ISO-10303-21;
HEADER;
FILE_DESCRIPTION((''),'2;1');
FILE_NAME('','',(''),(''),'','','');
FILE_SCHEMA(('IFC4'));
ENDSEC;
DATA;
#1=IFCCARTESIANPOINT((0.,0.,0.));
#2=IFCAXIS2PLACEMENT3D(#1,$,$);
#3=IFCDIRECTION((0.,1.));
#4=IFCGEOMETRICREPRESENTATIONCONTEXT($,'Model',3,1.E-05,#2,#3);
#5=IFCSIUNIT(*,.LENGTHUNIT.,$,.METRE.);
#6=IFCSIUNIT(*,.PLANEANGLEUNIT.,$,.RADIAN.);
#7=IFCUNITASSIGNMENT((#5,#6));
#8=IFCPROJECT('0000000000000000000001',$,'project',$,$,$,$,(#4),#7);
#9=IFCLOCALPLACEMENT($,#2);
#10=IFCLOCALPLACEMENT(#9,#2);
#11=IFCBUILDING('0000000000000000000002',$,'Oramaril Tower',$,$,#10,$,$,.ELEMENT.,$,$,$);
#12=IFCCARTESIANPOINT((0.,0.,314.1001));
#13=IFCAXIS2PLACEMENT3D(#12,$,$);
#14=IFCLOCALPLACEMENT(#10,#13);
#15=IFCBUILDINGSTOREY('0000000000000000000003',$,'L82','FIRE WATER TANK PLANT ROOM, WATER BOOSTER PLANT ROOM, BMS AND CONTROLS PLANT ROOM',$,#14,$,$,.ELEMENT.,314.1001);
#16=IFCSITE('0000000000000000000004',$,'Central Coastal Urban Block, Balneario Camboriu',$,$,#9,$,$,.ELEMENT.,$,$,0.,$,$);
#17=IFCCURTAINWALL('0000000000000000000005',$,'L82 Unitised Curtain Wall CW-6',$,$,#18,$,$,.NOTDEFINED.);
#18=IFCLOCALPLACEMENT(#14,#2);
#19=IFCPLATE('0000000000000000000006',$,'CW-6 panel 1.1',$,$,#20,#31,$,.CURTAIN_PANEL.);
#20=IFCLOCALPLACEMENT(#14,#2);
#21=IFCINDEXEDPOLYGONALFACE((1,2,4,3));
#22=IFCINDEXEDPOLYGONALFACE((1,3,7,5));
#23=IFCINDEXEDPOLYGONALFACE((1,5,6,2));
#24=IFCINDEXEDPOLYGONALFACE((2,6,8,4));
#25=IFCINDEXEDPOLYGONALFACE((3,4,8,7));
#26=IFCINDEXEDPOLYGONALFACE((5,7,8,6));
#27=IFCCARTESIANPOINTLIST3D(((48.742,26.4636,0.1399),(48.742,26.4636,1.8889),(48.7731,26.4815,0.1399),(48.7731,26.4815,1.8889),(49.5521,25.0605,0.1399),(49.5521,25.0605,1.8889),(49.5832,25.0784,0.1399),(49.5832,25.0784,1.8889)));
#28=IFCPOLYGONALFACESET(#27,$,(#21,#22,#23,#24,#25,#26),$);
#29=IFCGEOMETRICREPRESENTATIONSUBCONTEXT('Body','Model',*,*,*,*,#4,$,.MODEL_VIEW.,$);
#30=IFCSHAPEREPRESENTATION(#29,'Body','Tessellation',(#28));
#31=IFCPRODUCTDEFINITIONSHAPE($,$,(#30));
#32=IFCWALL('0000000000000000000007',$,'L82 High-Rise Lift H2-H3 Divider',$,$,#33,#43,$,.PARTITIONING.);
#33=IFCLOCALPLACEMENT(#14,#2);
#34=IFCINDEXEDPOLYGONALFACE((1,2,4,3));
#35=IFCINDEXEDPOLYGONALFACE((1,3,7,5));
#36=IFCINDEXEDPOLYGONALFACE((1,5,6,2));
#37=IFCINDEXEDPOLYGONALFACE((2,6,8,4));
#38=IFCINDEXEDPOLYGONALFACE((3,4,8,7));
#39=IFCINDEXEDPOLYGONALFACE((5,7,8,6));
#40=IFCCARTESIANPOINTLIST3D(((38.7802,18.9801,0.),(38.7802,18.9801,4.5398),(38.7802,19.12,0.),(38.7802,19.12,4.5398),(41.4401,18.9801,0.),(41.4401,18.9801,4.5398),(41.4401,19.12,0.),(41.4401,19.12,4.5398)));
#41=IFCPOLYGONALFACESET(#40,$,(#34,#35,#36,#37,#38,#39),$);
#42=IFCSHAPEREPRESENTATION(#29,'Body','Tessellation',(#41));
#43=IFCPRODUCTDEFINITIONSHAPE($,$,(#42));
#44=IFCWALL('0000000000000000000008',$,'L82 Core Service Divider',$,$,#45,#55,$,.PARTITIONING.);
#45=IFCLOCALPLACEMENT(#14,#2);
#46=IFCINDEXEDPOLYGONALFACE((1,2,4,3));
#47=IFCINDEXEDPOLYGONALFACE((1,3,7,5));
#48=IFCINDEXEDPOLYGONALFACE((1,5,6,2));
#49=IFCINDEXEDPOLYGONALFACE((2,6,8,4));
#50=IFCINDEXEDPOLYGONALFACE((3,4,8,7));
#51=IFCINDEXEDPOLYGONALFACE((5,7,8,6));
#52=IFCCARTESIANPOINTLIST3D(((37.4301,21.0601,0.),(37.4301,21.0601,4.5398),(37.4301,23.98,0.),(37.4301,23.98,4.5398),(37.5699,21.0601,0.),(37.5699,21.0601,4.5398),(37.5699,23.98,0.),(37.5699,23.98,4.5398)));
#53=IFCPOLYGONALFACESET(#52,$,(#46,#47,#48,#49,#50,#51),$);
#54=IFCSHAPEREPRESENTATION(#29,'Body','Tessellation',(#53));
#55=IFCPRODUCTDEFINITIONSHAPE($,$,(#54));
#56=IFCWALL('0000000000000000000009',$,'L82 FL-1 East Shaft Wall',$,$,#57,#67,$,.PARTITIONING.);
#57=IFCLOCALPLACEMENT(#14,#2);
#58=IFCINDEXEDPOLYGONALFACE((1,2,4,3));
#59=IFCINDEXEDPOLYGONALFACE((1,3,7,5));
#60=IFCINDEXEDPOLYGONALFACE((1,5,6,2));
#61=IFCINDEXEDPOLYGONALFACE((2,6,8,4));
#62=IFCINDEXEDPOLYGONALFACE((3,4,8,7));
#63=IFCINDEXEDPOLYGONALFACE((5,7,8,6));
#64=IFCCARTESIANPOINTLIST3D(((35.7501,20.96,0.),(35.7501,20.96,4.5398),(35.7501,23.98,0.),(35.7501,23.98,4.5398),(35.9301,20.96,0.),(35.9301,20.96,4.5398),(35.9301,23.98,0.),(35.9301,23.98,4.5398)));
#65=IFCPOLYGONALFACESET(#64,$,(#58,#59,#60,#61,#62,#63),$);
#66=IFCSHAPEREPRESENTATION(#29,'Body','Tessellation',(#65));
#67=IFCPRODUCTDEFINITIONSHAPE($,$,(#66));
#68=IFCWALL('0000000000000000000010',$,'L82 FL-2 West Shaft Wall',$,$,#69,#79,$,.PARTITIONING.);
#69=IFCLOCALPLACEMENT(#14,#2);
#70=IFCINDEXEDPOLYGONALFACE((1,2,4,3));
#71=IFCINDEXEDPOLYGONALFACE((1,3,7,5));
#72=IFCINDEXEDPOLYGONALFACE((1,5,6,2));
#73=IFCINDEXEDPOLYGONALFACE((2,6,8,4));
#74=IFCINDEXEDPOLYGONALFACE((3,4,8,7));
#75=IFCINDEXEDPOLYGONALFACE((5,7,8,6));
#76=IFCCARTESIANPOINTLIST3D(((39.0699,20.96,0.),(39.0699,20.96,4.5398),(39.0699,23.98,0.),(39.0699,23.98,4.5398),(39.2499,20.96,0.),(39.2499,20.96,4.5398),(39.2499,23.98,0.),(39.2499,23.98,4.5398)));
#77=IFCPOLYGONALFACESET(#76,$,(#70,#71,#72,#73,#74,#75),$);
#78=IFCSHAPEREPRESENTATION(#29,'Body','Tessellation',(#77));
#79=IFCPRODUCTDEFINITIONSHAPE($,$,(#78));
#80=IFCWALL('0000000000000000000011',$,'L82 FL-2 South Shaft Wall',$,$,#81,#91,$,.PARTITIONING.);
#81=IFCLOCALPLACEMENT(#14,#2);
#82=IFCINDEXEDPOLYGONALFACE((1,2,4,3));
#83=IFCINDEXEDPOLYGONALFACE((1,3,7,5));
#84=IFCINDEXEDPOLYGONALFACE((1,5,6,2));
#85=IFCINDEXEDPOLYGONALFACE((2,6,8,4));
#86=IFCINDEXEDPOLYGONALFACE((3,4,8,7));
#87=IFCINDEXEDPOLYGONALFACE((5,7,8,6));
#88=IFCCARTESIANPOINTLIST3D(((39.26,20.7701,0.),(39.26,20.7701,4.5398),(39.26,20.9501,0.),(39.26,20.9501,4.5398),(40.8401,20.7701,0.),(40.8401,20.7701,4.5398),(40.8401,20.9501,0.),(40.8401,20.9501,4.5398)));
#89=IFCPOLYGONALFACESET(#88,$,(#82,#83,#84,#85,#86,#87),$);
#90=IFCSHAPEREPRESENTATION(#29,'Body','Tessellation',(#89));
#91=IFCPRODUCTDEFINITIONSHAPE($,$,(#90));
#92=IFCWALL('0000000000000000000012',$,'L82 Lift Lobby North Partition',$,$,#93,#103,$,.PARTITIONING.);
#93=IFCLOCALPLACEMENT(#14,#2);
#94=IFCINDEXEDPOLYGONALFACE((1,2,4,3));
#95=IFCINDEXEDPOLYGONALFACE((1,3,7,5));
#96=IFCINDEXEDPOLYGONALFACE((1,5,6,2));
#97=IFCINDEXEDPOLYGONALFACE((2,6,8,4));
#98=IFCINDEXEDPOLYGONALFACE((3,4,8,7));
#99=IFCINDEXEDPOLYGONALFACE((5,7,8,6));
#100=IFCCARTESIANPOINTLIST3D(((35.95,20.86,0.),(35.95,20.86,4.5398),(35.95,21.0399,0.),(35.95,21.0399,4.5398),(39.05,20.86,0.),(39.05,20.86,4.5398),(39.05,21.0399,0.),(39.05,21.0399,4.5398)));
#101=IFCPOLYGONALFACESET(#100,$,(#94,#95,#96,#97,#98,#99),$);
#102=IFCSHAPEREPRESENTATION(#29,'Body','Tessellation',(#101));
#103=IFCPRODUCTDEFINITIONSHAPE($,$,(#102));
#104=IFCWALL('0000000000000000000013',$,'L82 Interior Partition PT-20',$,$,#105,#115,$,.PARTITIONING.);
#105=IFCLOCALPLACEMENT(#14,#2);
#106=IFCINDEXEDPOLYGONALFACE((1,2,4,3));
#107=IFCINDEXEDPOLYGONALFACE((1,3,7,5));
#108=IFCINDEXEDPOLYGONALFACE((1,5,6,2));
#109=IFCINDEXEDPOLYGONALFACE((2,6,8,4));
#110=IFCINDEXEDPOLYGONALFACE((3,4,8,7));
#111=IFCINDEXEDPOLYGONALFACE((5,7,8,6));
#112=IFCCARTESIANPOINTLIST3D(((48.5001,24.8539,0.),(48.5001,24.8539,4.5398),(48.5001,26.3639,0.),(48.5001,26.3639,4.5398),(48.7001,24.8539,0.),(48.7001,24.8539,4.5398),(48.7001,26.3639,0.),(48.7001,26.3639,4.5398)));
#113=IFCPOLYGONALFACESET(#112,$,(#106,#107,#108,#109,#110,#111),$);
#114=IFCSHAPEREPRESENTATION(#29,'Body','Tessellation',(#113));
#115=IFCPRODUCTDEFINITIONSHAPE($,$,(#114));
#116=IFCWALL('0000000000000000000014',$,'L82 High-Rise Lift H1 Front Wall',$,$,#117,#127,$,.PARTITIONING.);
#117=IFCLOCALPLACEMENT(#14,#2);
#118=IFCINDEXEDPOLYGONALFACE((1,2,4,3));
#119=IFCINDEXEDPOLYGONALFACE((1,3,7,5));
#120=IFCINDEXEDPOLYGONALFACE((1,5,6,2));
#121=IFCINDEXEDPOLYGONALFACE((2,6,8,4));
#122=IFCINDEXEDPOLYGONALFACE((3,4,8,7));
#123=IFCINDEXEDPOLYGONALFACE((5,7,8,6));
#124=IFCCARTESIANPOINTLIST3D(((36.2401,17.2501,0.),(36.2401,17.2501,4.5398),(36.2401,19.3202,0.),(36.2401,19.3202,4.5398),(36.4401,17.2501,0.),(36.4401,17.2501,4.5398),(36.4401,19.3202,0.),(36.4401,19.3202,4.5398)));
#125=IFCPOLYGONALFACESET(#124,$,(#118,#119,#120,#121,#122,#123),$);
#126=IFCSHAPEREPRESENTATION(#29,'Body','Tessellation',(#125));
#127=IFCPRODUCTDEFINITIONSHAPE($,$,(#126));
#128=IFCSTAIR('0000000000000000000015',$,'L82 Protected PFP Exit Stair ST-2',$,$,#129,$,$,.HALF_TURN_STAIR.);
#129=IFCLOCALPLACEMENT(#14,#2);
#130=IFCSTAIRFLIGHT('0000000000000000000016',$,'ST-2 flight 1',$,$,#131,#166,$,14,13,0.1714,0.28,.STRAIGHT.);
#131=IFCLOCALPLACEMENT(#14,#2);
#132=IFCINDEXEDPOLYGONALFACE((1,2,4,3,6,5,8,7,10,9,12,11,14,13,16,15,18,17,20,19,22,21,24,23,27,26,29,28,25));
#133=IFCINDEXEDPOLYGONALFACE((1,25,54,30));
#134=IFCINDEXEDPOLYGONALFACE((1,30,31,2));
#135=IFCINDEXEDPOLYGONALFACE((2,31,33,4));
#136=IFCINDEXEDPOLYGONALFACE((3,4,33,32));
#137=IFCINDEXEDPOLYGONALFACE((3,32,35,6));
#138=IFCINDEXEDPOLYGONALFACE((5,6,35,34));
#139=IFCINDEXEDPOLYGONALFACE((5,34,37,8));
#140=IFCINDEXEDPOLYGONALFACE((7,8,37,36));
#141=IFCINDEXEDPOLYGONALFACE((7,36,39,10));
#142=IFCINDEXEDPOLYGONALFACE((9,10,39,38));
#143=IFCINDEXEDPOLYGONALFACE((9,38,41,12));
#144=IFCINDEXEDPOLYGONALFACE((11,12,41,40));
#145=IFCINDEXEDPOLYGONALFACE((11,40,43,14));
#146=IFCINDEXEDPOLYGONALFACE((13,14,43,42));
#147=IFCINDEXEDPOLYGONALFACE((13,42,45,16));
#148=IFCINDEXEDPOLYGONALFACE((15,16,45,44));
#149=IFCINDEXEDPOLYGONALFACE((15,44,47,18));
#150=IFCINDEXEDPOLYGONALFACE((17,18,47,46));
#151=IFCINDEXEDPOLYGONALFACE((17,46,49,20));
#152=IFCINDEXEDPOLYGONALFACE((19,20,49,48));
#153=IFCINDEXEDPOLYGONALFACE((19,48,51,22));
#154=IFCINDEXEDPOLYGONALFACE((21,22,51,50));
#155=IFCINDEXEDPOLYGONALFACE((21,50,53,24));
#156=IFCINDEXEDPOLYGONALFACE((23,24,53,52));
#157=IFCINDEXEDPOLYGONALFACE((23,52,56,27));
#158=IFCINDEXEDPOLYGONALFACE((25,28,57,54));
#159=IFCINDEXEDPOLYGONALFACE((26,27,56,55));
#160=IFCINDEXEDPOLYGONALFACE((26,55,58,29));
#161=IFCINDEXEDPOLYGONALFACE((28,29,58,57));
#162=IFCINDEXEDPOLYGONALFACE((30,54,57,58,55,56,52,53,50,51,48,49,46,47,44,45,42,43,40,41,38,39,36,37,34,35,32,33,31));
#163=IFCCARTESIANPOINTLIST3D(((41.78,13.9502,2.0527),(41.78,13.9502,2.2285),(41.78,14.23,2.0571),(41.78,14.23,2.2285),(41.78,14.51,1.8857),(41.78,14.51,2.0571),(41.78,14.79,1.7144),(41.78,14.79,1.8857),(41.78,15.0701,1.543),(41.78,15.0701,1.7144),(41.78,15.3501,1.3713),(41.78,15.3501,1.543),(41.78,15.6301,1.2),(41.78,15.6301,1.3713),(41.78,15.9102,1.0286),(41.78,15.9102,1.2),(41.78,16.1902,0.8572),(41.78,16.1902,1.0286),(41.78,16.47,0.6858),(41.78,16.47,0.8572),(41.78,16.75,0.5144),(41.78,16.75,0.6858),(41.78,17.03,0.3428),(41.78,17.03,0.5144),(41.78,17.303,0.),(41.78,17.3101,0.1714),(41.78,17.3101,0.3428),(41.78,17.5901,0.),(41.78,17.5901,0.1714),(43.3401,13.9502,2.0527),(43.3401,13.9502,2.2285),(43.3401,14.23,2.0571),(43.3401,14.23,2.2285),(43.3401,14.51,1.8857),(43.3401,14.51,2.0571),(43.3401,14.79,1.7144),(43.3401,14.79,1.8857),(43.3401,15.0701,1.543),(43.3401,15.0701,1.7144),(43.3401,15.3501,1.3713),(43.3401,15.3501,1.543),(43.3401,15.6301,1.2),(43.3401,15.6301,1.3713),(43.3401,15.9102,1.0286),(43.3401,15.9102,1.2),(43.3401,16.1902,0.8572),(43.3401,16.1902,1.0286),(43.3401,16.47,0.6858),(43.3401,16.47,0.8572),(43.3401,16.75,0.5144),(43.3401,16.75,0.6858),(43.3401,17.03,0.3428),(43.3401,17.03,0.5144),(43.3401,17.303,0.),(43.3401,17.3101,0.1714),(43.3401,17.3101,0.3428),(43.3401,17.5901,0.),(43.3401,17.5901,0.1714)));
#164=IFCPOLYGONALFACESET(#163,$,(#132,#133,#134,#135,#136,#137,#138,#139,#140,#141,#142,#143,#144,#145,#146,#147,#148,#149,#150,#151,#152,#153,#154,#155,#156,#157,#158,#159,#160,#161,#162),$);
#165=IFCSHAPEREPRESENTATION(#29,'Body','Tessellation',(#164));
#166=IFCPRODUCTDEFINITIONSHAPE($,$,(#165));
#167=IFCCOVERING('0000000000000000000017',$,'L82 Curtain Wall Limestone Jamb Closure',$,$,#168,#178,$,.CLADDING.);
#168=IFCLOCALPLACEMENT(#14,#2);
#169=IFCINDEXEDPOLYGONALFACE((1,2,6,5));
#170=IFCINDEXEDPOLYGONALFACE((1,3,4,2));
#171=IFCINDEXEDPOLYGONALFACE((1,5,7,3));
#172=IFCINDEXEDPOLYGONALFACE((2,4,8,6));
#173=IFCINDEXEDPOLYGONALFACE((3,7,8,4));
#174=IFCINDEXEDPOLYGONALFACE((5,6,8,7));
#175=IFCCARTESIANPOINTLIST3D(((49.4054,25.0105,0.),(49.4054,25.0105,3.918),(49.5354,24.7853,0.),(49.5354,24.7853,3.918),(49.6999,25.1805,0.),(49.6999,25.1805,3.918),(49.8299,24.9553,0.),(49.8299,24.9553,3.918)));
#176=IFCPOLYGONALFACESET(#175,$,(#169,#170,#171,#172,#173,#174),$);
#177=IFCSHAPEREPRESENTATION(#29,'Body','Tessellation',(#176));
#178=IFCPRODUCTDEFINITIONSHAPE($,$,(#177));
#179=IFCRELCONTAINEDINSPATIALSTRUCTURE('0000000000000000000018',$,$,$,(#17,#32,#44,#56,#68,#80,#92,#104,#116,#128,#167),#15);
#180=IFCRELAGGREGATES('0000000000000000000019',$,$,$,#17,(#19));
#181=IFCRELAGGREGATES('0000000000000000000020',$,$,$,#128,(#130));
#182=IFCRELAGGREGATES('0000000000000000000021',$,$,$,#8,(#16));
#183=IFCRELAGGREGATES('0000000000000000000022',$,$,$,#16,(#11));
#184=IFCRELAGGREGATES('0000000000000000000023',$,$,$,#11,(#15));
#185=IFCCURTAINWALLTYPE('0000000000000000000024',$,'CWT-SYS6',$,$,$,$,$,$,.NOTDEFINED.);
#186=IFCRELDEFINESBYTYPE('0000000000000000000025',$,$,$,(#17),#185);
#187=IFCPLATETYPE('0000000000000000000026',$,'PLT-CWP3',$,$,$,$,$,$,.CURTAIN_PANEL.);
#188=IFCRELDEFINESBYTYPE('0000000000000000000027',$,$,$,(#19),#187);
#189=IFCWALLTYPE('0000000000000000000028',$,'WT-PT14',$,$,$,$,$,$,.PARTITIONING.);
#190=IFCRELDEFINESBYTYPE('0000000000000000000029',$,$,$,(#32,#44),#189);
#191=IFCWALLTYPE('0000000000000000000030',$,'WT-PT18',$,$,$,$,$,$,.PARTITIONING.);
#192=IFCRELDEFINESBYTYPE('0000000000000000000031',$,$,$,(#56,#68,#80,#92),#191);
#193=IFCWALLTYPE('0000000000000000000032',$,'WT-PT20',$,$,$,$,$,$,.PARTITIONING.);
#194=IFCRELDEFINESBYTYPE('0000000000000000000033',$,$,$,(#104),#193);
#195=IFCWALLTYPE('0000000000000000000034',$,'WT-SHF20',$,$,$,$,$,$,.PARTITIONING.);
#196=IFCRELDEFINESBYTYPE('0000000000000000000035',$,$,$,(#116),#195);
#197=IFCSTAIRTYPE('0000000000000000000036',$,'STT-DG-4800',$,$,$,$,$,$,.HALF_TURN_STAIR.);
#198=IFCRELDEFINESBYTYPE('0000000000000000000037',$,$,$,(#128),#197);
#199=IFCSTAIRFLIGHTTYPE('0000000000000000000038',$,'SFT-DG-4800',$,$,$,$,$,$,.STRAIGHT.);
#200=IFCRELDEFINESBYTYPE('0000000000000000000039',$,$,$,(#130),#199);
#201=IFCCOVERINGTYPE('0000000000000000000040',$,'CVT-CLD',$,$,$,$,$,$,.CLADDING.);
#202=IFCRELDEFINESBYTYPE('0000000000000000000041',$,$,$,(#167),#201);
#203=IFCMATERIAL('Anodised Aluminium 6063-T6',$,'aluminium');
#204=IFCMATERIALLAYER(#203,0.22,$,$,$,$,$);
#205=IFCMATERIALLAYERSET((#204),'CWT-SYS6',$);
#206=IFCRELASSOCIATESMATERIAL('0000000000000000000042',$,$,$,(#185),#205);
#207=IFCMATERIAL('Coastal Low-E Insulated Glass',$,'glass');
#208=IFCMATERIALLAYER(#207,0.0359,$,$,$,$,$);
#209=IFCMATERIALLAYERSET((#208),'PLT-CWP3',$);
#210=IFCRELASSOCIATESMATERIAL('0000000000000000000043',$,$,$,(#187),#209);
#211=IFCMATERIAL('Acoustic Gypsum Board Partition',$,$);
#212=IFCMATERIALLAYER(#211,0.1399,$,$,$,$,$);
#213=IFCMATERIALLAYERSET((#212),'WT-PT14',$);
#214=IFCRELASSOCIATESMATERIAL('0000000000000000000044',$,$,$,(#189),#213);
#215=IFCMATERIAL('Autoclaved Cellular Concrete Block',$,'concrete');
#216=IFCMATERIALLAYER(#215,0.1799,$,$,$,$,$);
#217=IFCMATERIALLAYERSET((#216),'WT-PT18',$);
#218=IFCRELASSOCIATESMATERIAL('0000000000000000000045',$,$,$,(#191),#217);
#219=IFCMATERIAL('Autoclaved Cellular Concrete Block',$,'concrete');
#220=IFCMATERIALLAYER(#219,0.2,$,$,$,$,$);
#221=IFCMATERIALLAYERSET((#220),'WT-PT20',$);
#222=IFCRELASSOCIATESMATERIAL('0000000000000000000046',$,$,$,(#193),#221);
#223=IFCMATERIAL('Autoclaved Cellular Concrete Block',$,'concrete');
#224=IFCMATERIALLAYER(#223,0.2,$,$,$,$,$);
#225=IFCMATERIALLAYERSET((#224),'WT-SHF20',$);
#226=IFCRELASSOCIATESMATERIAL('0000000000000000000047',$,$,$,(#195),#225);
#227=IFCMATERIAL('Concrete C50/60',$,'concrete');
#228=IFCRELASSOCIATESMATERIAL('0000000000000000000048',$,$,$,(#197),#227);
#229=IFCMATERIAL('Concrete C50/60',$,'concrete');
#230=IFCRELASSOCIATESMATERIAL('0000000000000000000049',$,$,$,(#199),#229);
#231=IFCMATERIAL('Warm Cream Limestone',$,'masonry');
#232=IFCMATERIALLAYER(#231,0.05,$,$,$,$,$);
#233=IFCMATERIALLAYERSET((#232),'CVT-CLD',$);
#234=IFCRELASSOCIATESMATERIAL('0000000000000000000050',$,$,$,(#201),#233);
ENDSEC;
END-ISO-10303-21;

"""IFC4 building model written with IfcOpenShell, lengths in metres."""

from ifc_helpers import new_model, si_unit, direction, frame, frame_2d, origin, origin_2d, place, context, subcontext, project, spatial, polyline, rectangle, outline, extrude, material, layer, layer_set, type_object, element, aggregate, save


model = new_model("IFC4")

# Units and contexts
model_context = context("Model", 3, precision=1e-05, world=origin(), true_north=direction((0.0, 1.0)))
body_context = subcontext(model_context, "Body", "Model", "MODEL_VIEW")
ifc_project = project(units=[si_unit("LENGTHUNIT", "METRE"), si_unit("PLANEANGLEUNIT", "RADIAN")], contexts=[model_context])

# Site, building, storey
site_placement = place(None, origin())
site = spatial("IfcSite", under=ifc_project, at=site_placement, Name="Central Coastal Urban Block, Balneario Camboriu", CompositionType="ELEMENT", RefElevation=0.0)
building_placement = place(site_placement, origin())
building = spatial("IfcBuilding", under=site, at=building_placement, Name="Oramaril Tower", CompositionType="ELEMENT")
storey_placement = place(building_placement, frame((0.0, 0.0, 314.1001)))
storey = spatial("IfcBuildingStorey", under=building, at=storey_placement, Name="L82", Description="FIRE WATER TANK PLANT ROOM, WATER BOOSTER PLANT ROOM, BMS AND CONTROLS PLANT ROOM", CompositionType="ELEMENT", Elevation=314.1001)

# Curtain wall, plate
ifc_material_1 = material(Name="Anodised Aluminium 6063-T6", Category="aluminium")
ifc_layer_1 = layer(ifc_material_1, 0.22)
ifc_layer_set_1 = layer_set([ifc_layer_1], Name="CWT-SYS6")
curtain_wall_type = type_object("IfcCurtainWallType", Name="CWT-SYS6", PredefinedType="NOTDEFINED", material=ifc_layer_set_1)
curtain_wall_placement = place(storey_placement, origin())
curtain_wall = element("IfcCurtainWall", 1, at=curtain_wall_placement, inside=storey, type_object=curtain_wall_type, Name="L82 Unitised Curtain Wall CW-6", PredefinedType="NOTDEFINED")
ifc_material_2 = material(Name="Coastal Low-E Insulated Glass", Category="glass")
ifc_layer_2 = layer(ifc_material_2, 0.0359)
ifc_layer_set_2 = layer_set([ifc_layer_2], Name="PLT-CWP3")
plate_type = type_object("IfcPlateType", Name="PLT-CWP3", PredefinedType="CURTAIN_PANEL", material=ifc_layer_set_2)
plate_placement = place(storey_placement, frame((49.1626, 25.771, 0.1399), z_axis=(0.0, 0.0, 1.0), x_axis=(-0.5, 0.866025, 0.0)))
plate = element("IfcPlate", 2, at=plate_placement, type_object=plate_type, Name="CW-6 panel 1.1", PredefinedType="CURTAIN_PANEL", context=body_context, shape_type="SweptSolid", body=[
    extrude(rectangle(XDim=1.6201, YDim=0.0359, at=origin_2d()), origin(), (0.0, 0.0, 1.0), 1.749),
])
aggregate(curtain_wall, [plate])

# Walls
ifc_material_3 = material(Name="Acoustic Gypsum Board Partition")
ifc_layer_3 = layer(ifc_material_3, 0.1399)
ifc_layer_set_3 = layer_set([ifc_layer_3], Name="WT-PT14")
wall_type_1 = type_object("IfcWallType", Name="WT-PT14", PredefinedType="PARTITIONING", material=ifc_layer_set_3)
wall_1_placement = place(storey_placement, frame((38.78, 19.05, 0.0), z_axis=(0.0, 0.0, 1.0), x_axis=(1.0, 0.0, 0.0)))
element("IfcWall", 3, at=wall_1_placement, inside=storey, type_object=wall_type_1, Name="L82 High-Rise Lift H2-H3 Divider", PredefinedType="PARTITIONING", context=body_context, shape_type="SweptSolid", body=[
    extrude(rectangle(XDim=2.6599, YDim=0.1399, at=frame_2d((1.3301, 0.0))), origin(), (0.0, 0.0, 1.0), 4.5398),
])
wall_2_placement = place(storey_placement, frame((37.5, 21.0601, 0.0), z_axis=(0.0, 0.0, 1.0), x_axis=(0.0, 1.0, 0.0)))
element("IfcWall", 4, at=wall_2_placement, inside=storey, type_object=wall_type_1, Name="L82 Core Service Divider", PredefinedType="PARTITIONING", context=body_context, shape_type="SweptSolid", body=[
    extrude(rectangle(XDim=2.9199, YDim=0.1399, at=frame_2d((1.46, 0.0))), origin(), (0.0, 0.0, 1.0), 4.5398),
])
ifc_material_4 = material(Name="Autoclaved Cellular Concrete Block", Category="concrete")
ifc_layer_4 = layer(ifc_material_4, 0.1799)
ifc_layer_set_4 = layer_set([ifc_layer_4], Name="WT-PT18")
wall_type_2 = type_object("IfcWallType", Name="WT-PT18", PredefinedType="PARTITIONING", material=ifc_layer_set_4)
for number, where, z_axis, x_axis, name in (
    (5, (35.8401, 20.96, 0.0), (0.0, 0.0, 1.0), (0.0, 1.0, 0.0), "L82 FL-1 East Shaft Wall"),
    (6, (39.1599, 20.96, 0.0), (0.0, 0.0, 1.0), (0.0, 1.0, 0.0), "L82 FL-2 West Shaft Wall"),
):
    element("IfcWall", number, at=place(storey_placement, frame(where, z_axis=z_axis, x_axis=x_axis)), inside=storey, type_object=wall_type_2, Name=name, PredefinedType="PARTITIONING", context=body_context, shape_type="SweptSolid", body=[
        extrude(rectangle(XDim=3.02, YDim=0.1799, at=frame_2d((1.51, 0.0))), origin(), (0.0, 0.0, 1.0), 4.5398),
    ])
wall_3_placement = place(storey_placement, frame((39.26, 20.8601, 0.0), z_axis=(0.0, 0.0, 1.0), x_axis=(1.0, 0.0, 0.0)))
element("IfcWall", 7, at=wall_3_placement, inside=storey, type_object=wall_type_2, Name="L82 FL-2 South Shaft Wall", PredefinedType="PARTITIONING", context=body_context, shape_type="SweptSolid", body=[
    extrude(rectangle(XDim=1.5801, YDim=0.1799, at=frame_2d((0.79, 0.0))), origin(), (0.0, 0.0, 1.0), 4.5398),
])
wall_4_placement = place(storey_placement, frame((35.95, 20.95, 0.0), z_axis=(0.0, 0.0, 1.0), x_axis=(1.0, 0.0, 0.0)))
element("IfcWall", 8, at=wall_4_placement, inside=storey, type_object=wall_type_2, Name="L82 Lift Lobby North Partition", PredefinedType="PARTITIONING", context=body_context, shape_type="SweptSolid", body=[
    extrude(rectangle(XDim=3.1001, YDim=0.1799, at=frame_2d((1.55, 0.0))), origin(), (0.0, 0.0, 1.0), 4.5398),
])
ifc_material_5 = material(Name="Autoclaved Cellular Concrete Block", Category="concrete")
ifc_layer_5 = layer(ifc_material_5, 0.2)
ifc_layer_set_5 = layer_set([ifc_layer_5], Name="WT-PT20")
wall_type_3 = type_object("IfcWallType", Name="WT-PT20", PredefinedType="PARTITIONING", material=ifc_layer_set_5)
wall_5_placement = place(storey_placement, frame((48.6001, 24.854, 0.0), z_axis=(0.0, 0.0, 1.0), x_axis=(0.0, 1.0, 0.0)))
element("IfcWall", 9, at=wall_5_placement, inside=storey, type_object=wall_type_3, Name="L82 Interior Partition PT-20", PredefinedType="PARTITIONING", context=body_context, shape_type="SweptSolid", body=[
    extrude(rectangle(XDim=1.51, YDim=0.2, at=frame_2d((0.7549, 0.0))), origin(), (0.0, 0.0, 1.0), 4.5398),
])

# Shared definitions
ifc_material_6 = material(Name="Autoclaved Cellular Concrete Block", Category="concrete")
ifc_layer_6 = layer(ifc_material_6, 0.2)
ifc_layer_set_6 = layer_set([ifc_layer_6], Name="WT-SHF20")
wall_type_4 = type_object("IfcWallType", Name="WT-SHF20", PredefinedType="PARTITIONING", material=ifc_layer_set_6)

# Wall
wall_6_placement = place(storey_placement, frame((36.3401, 17.25, 0.0), z_axis=(0.0, 0.0, 1.0), x_axis=(0.0, 1.0, 0.0)))
element("IfcWall", 10, at=wall_6_placement, inside=storey, type_object=wall_type_4, Name="L82 High-Rise Lift H1 Front Wall", PredefinedType="PARTITIONING", context=body_context, shape_type="SweptSolid", body=[
    extrude(rectangle(XDim=2.0701, YDim=0.2, at=frame_2d((1.0352, 0.0))), origin(), (0.0, 0.0, 1.0), 4.5398),
])

# Stair, stair flight
ifc_material_7 = material(Name="Concrete C50/60", Category="concrete")
stair_type = type_object("IfcStairType", Name="STT-DG-4800", PredefinedType="HALF_TURN_STAIR", material=ifc_material_7)
stair_placement = place(storey_placement, origin())
stair = element("IfcStair", 11, at=stair_placement, inside=storey, type_object=stair_type, Name="L82 Protected PFP Exit Stair ST-2", PredefinedType="HALF_TURN_STAIR")
ifc_material_8 = material(Name="Concrete C50/60", Category="concrete")
stair_flight_type = type_object("IfcStairFlightType", Name="SFT-DG-4800", PredefinedType="STRAIGHT", material=ifc_material_8)
stair_flight_placement = place(storey_placement, frame((42.5601, 17.5901, 0.0), z_axis=(0.0, 0.0, 1.0), x_axis=(0.0, -1.0, 0.0)))
stair_flight = element("IfcStairFlight", 12, at=stair_flight_placement, type_object=stair_flight_type, Name="ST-2 flight 1", NumberOfRisers=14, NumberOfTreads=13, PredefinedType="STRAIGHT", RiserHeight=0.1714, TreadLength=0.28, context=body_context, shape_type="SweptSolid", body=[
    extrude(outline(polyline([(0.0, 0.0), (0.0, 0.1714), (0.28, 0.1714), (0.28, 0.3428), (0.5601, 0.3428), (0.5601, 0.5144), (0.8401, 0.5144), (0.8401, 0.6858), (1.1201, 0.6858), (1.1201, 0.8572), (1.3999, 0.8572), (1.3999, 1.0286), (1.6799, 1.0286), (1.6799, 1.2), (1.96, 1.2), (1.96, 1.3713), (2.24, 1.3713), (2.24, 1.543), (2.52, 1.543), (2.52, 1.7144), (2.8, 1.7144), (2.8, 1.8857), (3.0801, 1.8857), (3.0801, 2.0571), (3.3601, 2.0571), (3.3601, 2.2285), (3.6399, 2.2285), (3.6399, 2.3999), (3.6399, 2.0527), (0.2871, 0.0), (0.0, 0.0)])), frame((0.0, 0.78, 0.0), z_axis=(0.0, -1.0, 0.0), x_axis=(1.0, 0.0, 0.0)), (0.0, 0.0, 1.0), 1.5601),
])
aggregate(stair, [stair_flight])

# Covering
ifc_material_9 = material(Name="Warm Cream Limestone", Category="masonry")
ifc_layer_7 = layer(ifc_material_9, 0.05)
ifc_layer_set_7 = layer_set([ifc_layer_7], Name="CVT-CLD")
covering_type = type_object("IfcCoveringType", Name="CVT-CLD", PredefinedType="CLADDING", material=ifc_layer_set_7)
covering_1_placement = place(storey_placement, frame((49.6177, 24.9829, 0.0), z_axis=(0.0, 0.0, 1.0), x_axis=(-0.5, 0.866025, 0.0)))
element("IfcCovering", 13, at=covering_1_placement, inside=storey, type_object=covering_type, Name="L82 Curtain Wall Limestone Jamb Closure", PredefinedType="CLADDING", context=body_context, shape_type="SweptSolid", body=[
    extrude(rectangle(XDim=0.26, YDim=0.3401, at=origin_2d()), origin(), (0.0, 0.0, 1.0), 3.918),
])

save(model, "model.ifc")
